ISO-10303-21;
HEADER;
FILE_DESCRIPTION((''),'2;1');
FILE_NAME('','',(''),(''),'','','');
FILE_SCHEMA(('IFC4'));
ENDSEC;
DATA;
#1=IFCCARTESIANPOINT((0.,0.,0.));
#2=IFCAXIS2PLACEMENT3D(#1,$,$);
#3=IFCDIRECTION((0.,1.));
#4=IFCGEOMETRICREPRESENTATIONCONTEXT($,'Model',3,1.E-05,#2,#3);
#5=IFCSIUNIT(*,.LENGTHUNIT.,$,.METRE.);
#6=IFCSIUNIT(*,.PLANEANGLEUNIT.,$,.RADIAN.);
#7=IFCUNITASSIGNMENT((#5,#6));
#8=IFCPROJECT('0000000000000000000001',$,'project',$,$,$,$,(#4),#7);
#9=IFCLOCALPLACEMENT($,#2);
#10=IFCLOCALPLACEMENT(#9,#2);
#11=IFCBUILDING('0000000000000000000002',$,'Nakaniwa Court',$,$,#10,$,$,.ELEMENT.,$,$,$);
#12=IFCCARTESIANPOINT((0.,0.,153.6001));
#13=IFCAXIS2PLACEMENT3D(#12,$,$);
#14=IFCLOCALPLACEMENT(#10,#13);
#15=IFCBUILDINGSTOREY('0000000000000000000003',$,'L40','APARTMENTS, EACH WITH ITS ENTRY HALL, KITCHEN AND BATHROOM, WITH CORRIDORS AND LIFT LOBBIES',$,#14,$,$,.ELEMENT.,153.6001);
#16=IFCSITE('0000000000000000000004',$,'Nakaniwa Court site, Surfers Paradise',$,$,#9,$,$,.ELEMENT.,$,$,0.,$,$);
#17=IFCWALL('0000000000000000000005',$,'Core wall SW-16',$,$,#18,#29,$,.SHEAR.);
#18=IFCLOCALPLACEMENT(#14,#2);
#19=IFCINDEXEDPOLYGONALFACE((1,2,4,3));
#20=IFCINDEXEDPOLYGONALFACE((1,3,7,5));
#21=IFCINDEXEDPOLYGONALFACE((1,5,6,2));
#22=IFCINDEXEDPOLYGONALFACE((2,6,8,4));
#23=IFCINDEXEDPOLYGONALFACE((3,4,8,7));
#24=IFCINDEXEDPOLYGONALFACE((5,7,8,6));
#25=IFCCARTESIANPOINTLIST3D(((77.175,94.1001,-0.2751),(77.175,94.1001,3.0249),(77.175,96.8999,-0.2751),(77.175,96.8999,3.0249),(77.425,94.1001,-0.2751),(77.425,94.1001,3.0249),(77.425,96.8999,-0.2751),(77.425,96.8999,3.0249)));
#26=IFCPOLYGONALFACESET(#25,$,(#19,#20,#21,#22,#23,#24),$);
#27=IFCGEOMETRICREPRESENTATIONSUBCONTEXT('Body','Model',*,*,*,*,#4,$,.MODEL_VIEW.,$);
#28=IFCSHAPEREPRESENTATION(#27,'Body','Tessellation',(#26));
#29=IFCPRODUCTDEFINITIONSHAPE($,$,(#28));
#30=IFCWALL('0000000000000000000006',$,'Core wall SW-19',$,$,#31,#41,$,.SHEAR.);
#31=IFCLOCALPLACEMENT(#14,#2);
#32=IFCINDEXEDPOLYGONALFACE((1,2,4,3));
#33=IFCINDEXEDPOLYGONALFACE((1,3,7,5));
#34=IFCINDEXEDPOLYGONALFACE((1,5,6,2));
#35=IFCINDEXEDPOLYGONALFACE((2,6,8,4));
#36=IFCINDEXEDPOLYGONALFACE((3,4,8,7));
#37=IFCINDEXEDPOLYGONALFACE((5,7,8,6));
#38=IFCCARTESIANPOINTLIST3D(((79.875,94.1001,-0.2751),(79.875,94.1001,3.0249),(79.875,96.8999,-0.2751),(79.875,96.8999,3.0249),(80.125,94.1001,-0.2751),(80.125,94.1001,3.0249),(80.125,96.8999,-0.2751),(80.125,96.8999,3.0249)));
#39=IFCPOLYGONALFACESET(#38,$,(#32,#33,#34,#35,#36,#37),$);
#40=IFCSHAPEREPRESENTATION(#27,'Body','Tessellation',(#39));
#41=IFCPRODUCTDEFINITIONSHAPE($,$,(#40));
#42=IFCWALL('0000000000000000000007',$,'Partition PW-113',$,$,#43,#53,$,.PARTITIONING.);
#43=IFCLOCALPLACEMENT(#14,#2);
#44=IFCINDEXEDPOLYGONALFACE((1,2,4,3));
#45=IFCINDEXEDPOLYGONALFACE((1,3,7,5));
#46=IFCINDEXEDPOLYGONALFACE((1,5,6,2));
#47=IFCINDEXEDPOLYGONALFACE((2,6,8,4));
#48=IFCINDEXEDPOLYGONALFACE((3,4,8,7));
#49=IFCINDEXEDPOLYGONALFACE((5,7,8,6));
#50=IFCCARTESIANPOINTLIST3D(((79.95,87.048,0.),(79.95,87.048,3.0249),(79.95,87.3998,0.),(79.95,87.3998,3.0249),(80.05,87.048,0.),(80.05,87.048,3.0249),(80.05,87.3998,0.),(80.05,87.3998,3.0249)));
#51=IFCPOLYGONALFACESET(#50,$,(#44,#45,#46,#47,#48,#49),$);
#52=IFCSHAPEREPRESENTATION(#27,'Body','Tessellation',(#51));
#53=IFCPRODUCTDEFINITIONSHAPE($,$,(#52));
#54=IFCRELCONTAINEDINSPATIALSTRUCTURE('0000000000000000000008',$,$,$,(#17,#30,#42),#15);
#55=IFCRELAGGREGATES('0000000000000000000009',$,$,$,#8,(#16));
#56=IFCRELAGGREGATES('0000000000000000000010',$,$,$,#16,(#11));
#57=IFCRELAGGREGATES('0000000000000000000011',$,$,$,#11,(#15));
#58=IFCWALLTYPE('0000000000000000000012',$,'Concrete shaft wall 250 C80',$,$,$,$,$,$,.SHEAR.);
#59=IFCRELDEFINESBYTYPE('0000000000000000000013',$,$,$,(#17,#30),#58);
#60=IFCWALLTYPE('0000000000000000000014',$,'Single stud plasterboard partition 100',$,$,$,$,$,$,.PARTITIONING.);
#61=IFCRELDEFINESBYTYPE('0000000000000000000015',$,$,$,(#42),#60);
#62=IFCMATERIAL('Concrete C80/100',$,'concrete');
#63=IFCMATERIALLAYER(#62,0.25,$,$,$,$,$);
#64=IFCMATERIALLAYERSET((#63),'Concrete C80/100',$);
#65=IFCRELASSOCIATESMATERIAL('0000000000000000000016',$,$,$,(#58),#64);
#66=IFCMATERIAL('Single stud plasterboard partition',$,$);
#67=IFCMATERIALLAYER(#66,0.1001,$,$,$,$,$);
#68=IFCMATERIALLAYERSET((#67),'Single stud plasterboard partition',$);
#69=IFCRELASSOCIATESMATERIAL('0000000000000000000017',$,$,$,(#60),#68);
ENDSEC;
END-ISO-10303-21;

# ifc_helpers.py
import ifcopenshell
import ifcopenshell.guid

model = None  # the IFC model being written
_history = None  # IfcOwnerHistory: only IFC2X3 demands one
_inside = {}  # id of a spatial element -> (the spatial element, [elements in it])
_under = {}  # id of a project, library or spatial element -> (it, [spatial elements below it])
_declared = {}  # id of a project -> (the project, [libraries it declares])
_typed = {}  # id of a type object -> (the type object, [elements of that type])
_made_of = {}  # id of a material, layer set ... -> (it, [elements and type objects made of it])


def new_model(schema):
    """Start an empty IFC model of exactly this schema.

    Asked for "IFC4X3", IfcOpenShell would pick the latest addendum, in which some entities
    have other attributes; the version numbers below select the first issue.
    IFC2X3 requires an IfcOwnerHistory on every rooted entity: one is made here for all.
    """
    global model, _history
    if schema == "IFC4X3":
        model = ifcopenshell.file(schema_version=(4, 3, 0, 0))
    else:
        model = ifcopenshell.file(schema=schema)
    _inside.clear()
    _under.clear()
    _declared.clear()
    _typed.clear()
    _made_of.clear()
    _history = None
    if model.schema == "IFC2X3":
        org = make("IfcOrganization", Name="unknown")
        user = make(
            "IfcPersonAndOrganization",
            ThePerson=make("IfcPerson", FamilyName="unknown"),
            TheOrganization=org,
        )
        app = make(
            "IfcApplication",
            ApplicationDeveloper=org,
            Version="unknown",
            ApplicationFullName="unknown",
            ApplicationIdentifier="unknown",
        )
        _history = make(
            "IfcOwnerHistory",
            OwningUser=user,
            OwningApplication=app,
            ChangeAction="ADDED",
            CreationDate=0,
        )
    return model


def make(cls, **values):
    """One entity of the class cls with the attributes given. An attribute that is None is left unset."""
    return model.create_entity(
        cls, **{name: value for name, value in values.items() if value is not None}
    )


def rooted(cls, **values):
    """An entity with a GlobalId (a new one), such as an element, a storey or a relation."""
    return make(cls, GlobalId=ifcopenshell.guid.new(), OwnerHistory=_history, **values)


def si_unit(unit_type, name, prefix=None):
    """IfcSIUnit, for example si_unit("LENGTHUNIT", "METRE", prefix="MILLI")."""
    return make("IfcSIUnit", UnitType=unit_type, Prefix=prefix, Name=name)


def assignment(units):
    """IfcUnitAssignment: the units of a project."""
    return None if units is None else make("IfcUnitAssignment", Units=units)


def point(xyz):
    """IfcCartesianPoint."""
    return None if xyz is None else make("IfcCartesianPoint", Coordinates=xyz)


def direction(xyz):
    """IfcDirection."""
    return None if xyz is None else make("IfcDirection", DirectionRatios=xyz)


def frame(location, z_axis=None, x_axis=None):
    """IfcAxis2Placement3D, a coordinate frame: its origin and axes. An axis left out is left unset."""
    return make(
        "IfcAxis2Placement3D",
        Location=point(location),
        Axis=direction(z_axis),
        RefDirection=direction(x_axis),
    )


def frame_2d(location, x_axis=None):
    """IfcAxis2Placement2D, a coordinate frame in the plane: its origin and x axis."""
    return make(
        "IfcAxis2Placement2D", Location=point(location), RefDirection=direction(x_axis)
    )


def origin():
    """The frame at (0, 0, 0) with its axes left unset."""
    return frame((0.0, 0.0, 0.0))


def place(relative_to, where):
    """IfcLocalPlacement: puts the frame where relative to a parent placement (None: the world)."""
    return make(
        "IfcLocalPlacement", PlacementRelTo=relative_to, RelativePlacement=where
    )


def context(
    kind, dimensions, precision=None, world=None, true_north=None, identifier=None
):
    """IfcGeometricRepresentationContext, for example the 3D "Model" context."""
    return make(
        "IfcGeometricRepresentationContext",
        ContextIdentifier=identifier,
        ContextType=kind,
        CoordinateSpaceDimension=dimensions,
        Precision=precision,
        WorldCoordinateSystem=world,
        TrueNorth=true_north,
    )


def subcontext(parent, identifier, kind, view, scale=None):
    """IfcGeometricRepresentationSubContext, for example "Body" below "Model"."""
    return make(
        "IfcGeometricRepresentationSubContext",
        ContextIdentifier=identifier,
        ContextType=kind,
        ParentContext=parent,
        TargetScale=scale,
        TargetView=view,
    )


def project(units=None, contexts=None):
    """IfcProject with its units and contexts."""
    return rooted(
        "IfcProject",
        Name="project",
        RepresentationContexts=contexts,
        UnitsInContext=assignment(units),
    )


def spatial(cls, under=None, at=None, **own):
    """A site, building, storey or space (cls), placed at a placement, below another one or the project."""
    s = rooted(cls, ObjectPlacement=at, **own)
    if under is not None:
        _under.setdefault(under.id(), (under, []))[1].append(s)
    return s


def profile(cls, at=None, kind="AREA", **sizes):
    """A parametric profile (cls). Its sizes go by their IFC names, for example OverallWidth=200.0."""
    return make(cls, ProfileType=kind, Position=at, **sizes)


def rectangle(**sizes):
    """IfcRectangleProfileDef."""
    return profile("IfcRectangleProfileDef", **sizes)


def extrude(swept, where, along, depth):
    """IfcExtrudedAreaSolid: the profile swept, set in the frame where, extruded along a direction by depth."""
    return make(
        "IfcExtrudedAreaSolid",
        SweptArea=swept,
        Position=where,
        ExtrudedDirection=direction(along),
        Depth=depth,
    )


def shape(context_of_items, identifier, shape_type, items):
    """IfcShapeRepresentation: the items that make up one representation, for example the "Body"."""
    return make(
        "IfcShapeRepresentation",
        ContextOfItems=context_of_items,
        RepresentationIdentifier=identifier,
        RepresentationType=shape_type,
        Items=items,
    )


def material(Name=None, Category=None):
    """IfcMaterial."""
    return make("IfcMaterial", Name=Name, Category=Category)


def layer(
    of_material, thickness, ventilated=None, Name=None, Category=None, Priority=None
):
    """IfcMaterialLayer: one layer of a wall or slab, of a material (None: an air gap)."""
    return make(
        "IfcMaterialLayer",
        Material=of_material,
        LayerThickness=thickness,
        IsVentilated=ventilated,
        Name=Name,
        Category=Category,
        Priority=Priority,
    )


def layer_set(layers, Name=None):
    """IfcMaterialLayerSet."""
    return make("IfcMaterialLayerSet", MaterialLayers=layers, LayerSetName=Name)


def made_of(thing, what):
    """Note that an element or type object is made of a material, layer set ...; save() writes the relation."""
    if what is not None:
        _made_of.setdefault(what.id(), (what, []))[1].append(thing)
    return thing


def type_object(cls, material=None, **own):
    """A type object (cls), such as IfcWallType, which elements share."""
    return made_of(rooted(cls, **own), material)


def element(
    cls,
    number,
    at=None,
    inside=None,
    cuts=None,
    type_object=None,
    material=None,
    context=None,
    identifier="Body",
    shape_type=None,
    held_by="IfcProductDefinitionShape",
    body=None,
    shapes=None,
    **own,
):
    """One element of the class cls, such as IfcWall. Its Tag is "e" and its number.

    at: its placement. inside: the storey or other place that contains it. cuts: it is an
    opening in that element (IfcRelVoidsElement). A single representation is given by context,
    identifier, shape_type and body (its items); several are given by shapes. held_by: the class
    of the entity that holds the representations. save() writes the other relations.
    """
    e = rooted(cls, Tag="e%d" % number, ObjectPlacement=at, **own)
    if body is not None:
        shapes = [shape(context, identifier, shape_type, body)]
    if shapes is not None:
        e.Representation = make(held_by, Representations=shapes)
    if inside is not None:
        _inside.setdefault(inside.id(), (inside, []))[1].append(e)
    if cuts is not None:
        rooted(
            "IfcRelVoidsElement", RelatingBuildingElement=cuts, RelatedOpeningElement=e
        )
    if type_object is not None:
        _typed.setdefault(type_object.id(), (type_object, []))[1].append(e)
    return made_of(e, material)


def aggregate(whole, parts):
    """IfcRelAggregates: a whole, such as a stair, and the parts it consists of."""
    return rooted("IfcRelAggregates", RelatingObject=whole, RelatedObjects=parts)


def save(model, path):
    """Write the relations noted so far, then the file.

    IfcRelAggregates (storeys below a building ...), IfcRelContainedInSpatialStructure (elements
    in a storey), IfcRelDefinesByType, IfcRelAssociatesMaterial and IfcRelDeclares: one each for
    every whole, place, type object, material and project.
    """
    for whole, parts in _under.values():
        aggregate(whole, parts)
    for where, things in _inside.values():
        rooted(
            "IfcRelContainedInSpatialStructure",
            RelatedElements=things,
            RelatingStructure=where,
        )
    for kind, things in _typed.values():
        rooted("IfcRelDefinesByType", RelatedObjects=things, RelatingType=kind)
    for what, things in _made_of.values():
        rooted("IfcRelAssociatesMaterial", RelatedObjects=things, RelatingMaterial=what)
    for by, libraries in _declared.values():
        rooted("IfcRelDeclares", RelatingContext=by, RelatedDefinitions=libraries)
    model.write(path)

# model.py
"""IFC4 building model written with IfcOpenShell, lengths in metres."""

from ifc_helpers import new_model, si_unit, direction, frame, frame_2d, origin, place, context, subcontext, project, spatial, rectangle, extrude, material, layer, layer_set, type_object, element, save


model = new_model("IFC4")

# Units and contexts
model_context = context("Model", 3, precision=1e-05, world=origin(), true_north=direction((0.0, 1.0)))
body_context = subcontext(model_context, "Body", "Model", "MODEL_VIEW")
ifc_project = project(units=[si_unit("LENGTHUNIT", "METRE"), si_unit("PLANEANGLEUNIT", "RADIAN")], contexts=[model_context])

# Site, building, storey
site_placement = place(None, origin())
site = spatial("IfcSite", under=ifc_project, at=site_placement, Name="Nakaniwa Court site, Surfers Paradise", CompositionType="ELEMENT", RefElevation=0.0)
building_placement = place(site_placement, origin())
building = spatial("IfcBuilding", under=site, at=building_placement, Name="Nakaniwa Court", CompositionType="ELEMENT")
storey_placement = place(building_placement, frame((0.0, 0.0, 153.6001)))
storey = spatial("IfcBuildingStorey", under=building, at=storey_placement, Name="L40", Description="APARTMENTS, EACH WITH ITS ENTRY HALL, KITCHEN AND BATHROOM, WITH CORRIDORS AND LIFT LOBBIES", CompositionType="ELEMENT", Elevation=153.6001)

# Shared definitions
ifc_material_1 = material(Name="Concrete C80/100", Category="concrete")

# Walls
ifc_layer_1 = layer(ifc_material_1, 0.25)
ifc_layer_set_1 = layer_set([ifc_layer_1], Name="Concrete C80/100")
wall_type_1 = type_object("IfcWallType", Name="Concrete shaft wall 250 C80", PredefinedType="SHEAR", material=ifc_layer_set_1)
for number, where, z_axis, x_axis, name in (
    (1, (77.3, 94.1001, -0.2751), (0.0, 0.0, 1.0), (0.0, 1.0, 0.0), "Core wall SW-16"),
    (2, (80.0, 94.1001, -0.2751), (0.0, 0.0, 1.0), (0.0, 1.0, 0.0), "Core wall SW-19"),
):
    element("IfcWall", number, at=place(storey_placement, frame(where, z_axis=z_axis, x_axis=x_axis)), inside=storey, type_object=wall_type_1, Name=name, PredefinedType="SHEAR", context=body_context, shape_type="SweptSolid", body=[
        extrude(rectangle(XDim=2.7998, YDim=0.25, at=frame_2d((1.3999, 0.0))), origin(), (0.0, 0.0, 1.0), 3.3),
    ])
ifc_material_2 = material(Name="Single stud plasterboard partition")
ifc_layer_2 = layer(ifc_material_2, 0.1001)
ifc_layer_set_2 = layer_set([ifc_layer_2], Name="Single stud plasterboard partition")
wall_type_2 = type_object("IfcWallType", Name="Single stud plasterboard partition 100", PredefinedType="PARTITIONING", material=ifc_layer_set_2)
wall_1_placement = place(storey_placement, frame((80.0, 87.0481, 0.0), z_axis=(0.0, 0.0, 1.0), x_axis=(0.0, 1.0, 0.0)))
element("IfcWall", 3, at=wall_1_placement, inside=storey, type_object=wall_type_2, Name="Partition PW-113", PredefinedType="PARTITIONING", context=body_context, shape_type="SweptSolid", body=[
    extrude(rectangle(XDim=0.3518, YDim=0.1001, at=frame_2d((0.1758, 0.0))), origin(), (0.0, 0.0, 1.0), 3.0249),
])

save(model, "model.ifc")
